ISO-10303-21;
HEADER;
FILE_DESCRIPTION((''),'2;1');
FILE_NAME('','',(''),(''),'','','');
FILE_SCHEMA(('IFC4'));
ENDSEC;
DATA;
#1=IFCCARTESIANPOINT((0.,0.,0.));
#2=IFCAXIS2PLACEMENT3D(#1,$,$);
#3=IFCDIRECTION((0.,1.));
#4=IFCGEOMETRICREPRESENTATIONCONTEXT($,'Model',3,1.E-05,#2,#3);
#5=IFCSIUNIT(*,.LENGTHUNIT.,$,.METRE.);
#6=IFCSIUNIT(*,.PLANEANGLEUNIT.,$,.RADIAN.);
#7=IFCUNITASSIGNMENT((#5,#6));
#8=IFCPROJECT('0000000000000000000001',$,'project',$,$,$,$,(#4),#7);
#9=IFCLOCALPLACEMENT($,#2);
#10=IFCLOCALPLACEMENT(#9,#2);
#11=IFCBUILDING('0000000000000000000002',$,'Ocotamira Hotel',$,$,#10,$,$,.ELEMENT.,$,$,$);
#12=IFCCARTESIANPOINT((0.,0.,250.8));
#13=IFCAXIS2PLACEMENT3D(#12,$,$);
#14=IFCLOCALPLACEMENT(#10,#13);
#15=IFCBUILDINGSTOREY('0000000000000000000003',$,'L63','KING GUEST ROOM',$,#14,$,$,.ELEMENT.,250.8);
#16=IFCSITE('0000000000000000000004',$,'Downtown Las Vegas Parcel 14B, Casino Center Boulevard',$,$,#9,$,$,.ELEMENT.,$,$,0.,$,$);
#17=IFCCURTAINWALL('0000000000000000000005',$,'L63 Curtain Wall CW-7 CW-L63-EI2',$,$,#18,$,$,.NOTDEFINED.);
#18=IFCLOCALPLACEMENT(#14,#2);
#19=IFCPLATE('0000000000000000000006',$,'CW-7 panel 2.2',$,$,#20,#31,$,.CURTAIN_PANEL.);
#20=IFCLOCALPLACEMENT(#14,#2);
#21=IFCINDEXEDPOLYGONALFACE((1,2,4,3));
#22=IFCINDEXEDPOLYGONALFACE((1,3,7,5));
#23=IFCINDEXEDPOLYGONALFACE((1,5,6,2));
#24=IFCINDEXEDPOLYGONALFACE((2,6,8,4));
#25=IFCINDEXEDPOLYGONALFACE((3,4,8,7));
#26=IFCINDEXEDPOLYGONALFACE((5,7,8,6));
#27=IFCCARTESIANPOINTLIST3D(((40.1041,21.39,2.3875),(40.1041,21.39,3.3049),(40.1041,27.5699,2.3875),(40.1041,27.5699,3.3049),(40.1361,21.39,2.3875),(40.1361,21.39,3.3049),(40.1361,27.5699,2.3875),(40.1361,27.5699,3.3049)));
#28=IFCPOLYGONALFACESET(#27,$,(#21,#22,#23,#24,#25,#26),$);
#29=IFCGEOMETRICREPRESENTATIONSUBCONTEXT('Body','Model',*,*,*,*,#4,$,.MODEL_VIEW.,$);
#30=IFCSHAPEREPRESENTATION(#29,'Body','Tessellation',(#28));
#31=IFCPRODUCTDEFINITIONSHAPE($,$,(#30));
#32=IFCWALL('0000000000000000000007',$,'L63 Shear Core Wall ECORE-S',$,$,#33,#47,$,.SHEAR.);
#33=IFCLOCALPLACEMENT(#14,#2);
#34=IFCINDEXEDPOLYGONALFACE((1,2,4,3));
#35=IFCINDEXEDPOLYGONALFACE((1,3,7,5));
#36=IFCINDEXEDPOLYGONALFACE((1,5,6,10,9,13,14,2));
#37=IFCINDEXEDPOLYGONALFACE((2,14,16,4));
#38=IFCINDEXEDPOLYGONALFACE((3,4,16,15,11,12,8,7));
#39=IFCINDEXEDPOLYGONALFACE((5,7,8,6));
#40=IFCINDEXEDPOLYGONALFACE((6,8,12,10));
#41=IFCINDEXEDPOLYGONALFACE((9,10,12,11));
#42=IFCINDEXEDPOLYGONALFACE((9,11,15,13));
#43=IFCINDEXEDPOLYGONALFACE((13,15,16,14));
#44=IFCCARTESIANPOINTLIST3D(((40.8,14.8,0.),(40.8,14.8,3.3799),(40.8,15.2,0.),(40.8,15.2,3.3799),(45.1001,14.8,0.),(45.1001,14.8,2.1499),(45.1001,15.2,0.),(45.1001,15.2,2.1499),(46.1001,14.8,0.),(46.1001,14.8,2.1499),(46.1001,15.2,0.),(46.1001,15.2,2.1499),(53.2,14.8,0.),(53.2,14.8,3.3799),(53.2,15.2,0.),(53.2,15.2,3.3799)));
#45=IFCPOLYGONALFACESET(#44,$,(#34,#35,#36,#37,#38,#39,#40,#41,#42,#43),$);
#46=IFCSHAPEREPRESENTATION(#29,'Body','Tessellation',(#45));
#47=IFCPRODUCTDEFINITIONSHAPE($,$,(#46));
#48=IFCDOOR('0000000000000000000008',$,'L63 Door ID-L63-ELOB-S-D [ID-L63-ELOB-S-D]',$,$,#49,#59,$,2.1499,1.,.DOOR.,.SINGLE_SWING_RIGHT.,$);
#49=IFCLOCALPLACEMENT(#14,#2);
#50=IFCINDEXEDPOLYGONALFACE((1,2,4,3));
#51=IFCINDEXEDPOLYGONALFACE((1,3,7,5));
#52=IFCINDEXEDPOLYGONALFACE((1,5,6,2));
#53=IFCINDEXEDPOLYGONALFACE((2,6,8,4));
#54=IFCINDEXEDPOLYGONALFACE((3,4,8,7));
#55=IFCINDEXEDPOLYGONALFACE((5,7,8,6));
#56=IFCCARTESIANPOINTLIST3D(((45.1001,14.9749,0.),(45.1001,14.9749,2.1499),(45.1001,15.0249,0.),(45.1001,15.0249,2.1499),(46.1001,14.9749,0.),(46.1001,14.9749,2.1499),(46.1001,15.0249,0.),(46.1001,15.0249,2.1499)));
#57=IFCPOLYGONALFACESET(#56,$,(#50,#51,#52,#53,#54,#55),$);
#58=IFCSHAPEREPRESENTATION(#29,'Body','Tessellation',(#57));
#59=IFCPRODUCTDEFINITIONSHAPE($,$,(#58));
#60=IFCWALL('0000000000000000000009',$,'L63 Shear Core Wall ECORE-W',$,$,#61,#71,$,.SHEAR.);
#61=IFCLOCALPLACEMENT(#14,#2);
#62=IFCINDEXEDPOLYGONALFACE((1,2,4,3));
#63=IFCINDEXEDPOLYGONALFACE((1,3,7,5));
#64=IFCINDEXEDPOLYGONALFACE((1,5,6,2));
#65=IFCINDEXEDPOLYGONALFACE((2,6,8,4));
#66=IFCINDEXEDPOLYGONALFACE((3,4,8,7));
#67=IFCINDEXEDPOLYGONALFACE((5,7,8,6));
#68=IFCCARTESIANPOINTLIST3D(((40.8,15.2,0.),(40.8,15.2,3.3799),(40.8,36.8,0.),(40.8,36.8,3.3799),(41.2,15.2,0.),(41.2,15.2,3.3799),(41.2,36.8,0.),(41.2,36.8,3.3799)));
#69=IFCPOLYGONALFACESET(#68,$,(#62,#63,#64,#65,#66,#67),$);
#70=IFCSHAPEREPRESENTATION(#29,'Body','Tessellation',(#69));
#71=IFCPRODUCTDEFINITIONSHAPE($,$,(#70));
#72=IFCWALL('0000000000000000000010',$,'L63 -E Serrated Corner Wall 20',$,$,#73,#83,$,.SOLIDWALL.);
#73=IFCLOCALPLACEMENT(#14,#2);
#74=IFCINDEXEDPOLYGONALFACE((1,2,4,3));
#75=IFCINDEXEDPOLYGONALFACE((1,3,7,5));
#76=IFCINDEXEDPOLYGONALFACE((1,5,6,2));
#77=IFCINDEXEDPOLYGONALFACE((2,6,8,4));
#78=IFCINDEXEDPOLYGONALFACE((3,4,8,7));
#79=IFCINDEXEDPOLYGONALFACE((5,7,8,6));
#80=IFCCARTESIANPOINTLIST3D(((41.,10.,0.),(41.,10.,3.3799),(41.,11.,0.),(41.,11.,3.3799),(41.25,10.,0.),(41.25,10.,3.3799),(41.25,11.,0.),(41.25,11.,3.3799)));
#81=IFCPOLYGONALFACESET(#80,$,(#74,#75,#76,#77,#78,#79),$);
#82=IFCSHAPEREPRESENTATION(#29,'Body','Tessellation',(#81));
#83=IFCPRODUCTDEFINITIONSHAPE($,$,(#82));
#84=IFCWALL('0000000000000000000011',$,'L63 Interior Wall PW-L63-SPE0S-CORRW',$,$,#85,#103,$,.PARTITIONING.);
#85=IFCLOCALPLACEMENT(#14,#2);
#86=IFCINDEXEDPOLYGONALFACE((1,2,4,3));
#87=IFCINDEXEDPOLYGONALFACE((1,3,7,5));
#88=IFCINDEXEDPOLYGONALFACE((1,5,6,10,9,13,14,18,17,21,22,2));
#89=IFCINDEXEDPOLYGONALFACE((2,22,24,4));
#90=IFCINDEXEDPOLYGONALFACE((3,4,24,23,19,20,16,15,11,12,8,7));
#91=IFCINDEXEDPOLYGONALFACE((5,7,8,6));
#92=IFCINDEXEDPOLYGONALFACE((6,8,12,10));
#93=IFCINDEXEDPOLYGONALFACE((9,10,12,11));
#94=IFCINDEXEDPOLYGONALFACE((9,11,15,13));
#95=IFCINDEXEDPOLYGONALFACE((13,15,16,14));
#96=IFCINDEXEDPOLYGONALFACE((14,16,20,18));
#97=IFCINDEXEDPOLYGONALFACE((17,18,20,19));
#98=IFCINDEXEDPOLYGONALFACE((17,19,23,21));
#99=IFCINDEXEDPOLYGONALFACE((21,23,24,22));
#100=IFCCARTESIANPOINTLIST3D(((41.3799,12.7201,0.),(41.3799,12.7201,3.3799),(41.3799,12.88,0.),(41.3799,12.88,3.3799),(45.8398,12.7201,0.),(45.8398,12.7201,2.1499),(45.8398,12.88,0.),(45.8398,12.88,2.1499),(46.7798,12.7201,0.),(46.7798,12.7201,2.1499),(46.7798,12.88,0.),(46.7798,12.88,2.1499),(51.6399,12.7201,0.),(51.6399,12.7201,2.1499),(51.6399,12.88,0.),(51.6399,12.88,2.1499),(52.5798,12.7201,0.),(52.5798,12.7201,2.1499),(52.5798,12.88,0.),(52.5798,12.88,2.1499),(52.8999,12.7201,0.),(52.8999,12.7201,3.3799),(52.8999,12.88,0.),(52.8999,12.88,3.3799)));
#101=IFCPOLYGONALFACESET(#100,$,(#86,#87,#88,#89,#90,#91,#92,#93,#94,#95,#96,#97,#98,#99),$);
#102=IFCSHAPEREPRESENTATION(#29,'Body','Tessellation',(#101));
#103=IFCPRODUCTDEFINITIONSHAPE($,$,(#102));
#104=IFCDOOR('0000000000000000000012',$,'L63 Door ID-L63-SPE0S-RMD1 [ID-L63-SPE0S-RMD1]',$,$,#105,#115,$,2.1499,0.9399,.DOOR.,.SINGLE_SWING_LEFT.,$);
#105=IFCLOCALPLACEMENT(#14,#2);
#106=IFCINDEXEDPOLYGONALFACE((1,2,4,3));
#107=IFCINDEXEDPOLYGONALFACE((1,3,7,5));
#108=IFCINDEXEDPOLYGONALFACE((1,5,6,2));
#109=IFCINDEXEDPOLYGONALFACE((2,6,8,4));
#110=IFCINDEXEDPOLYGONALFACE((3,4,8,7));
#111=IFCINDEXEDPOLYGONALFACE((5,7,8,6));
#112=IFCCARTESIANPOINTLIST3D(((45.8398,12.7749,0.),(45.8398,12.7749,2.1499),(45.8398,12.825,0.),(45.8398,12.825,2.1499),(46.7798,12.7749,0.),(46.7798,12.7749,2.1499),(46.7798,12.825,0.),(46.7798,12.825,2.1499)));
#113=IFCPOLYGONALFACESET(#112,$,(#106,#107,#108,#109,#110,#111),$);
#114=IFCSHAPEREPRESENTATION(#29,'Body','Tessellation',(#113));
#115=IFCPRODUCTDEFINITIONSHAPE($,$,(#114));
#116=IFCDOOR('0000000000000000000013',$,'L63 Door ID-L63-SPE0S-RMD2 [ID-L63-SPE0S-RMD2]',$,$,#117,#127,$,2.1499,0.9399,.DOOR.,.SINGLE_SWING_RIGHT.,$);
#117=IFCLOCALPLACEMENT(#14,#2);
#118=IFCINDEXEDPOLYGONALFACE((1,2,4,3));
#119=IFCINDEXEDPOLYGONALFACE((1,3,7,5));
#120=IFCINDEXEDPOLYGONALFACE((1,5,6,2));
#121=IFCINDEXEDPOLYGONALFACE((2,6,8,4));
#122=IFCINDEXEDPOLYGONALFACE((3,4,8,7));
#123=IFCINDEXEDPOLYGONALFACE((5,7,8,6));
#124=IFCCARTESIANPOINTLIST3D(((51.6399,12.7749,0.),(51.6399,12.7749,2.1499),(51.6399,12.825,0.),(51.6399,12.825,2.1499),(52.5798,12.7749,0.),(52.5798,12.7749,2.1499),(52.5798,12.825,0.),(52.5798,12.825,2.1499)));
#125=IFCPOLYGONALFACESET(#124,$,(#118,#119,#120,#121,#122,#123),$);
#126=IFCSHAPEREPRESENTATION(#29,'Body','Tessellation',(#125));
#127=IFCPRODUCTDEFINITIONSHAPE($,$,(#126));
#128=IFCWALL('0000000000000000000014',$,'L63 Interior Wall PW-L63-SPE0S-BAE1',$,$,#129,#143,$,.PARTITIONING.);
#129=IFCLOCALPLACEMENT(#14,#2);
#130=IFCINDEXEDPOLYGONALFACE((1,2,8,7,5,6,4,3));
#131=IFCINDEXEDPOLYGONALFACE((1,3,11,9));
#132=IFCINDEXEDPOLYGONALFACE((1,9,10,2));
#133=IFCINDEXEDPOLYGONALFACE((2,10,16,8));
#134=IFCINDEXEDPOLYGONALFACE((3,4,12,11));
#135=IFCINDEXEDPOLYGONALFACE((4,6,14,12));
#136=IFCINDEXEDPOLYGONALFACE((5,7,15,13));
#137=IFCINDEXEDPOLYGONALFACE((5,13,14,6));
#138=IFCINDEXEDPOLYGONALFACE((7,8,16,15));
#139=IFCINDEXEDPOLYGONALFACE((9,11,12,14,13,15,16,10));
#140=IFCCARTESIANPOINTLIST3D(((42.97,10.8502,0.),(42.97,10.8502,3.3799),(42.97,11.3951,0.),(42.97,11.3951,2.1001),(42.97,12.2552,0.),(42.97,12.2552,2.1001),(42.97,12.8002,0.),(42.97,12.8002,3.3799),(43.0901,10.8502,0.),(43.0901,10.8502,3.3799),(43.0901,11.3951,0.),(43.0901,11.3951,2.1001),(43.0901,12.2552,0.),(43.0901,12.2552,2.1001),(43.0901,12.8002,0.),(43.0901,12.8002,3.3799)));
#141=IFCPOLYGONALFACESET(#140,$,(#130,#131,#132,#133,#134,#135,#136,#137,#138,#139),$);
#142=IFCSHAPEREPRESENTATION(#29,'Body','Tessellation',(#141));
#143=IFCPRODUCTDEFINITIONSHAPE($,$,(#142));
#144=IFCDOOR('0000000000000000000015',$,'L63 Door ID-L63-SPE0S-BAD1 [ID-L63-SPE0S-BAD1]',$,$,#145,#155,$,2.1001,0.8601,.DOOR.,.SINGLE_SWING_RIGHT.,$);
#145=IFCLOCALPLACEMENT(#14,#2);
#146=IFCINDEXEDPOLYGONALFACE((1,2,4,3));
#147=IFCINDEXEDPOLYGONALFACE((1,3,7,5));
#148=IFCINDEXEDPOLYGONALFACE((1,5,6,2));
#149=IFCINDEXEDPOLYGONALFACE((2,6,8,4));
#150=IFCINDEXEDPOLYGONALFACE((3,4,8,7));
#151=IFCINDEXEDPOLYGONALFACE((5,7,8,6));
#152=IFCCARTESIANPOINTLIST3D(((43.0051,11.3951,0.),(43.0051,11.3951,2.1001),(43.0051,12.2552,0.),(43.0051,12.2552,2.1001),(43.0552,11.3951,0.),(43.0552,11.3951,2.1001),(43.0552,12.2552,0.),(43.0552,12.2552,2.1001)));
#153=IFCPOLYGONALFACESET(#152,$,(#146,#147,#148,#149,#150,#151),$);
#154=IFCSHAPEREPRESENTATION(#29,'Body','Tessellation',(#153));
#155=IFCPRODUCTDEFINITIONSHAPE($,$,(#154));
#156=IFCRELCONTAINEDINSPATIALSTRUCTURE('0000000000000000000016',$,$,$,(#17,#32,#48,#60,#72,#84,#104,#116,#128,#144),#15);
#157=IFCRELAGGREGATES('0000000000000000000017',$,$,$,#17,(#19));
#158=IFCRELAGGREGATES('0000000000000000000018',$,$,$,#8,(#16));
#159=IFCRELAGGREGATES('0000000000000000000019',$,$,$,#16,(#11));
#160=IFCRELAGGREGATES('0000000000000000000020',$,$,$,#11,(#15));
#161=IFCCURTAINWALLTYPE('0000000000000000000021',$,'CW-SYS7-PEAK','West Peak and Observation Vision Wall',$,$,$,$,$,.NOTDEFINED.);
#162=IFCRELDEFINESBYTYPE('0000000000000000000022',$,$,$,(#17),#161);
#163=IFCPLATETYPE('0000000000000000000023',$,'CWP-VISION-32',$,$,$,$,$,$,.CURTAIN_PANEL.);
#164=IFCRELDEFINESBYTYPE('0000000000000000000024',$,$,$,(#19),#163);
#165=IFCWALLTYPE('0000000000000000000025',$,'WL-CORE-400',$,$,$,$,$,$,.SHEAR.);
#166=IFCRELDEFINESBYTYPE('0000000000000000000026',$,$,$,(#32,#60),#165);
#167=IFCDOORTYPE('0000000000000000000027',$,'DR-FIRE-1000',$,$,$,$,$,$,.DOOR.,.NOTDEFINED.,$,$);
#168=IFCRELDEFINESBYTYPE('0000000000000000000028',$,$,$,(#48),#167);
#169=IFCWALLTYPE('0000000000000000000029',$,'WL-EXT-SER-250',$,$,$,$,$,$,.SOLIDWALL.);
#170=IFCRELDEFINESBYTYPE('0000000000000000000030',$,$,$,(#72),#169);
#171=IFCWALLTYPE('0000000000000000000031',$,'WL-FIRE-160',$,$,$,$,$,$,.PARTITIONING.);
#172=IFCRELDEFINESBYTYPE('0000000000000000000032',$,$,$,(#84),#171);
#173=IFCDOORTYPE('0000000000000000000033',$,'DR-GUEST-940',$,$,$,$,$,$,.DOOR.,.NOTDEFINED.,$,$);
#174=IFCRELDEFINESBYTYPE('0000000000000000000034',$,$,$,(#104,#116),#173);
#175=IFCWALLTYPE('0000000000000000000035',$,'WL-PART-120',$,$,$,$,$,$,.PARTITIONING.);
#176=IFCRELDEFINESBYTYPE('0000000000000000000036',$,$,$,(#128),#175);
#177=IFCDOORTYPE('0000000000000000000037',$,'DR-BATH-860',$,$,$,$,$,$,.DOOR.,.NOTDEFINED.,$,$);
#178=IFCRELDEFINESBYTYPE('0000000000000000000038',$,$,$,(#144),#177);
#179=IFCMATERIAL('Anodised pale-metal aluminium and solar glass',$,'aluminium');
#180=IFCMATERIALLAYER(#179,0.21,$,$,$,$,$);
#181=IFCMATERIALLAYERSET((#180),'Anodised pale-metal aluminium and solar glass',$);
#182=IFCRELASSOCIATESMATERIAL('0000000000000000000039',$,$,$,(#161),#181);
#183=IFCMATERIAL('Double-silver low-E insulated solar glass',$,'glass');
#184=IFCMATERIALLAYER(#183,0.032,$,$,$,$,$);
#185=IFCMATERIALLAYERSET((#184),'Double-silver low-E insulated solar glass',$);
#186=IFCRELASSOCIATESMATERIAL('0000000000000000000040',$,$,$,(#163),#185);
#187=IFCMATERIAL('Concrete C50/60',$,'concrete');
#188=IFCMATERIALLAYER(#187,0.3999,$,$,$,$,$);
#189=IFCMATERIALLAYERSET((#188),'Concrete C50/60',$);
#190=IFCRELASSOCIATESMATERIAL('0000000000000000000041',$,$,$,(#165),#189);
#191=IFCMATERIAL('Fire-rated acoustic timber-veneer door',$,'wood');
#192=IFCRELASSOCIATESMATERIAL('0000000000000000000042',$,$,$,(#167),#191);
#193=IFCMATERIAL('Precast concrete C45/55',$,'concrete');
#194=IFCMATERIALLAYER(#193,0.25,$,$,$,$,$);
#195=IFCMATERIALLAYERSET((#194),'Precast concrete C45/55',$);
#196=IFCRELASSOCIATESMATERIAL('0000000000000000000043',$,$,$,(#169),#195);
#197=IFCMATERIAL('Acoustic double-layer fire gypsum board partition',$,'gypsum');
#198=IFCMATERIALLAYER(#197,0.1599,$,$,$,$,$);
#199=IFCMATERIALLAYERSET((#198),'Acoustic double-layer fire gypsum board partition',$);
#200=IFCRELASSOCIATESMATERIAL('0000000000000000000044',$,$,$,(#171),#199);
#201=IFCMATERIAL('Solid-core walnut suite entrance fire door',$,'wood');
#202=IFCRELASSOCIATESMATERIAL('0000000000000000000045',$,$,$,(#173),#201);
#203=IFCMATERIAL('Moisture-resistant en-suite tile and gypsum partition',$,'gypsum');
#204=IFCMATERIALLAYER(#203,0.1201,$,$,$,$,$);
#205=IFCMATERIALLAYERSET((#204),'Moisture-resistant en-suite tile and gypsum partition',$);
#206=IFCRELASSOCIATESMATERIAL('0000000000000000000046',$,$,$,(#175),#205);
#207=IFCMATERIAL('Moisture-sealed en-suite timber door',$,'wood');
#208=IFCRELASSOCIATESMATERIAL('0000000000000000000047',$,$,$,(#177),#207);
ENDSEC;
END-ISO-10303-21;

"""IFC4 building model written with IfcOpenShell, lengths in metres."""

from ifc_helpers import new_model, si_unit, direction, frame, frame_2d, origin, origin_2d, place, context, subcontext, project, spatial, rectangle, extrude, source, transform, mapped, material, layer, layer_set, type_object, element, fill, aggregate, save


model = new_model("IFC4")

# Units and contexts
model_context = context("Model", 3, precision=1e-05, world=origin(), true_north=direction((0.0, 1.0)))
body_context = subcontext(model_context, "Body", "Model", "MODEL_VIEW")
ifc_project = project(units=[si_unit("LENGTHUNIT", "METRE"), si_unit("PLANEANGLEUNIT", "RADIAN")], contexts=[model_context])

# Site, building, storey
site_placement = place(None, origin())
site = spatial("IfcSite", under=ifc_project, at=site_placement, Name="Downtown Las Vegas Parcel 14B, Casino Center Boulevard", CompositionType="ELEMENT", RefElevation=0.0)
building_placement = place(site_placement, origin())
building = spatial("IfcBuilding", under=site, at=building_placement, Name="Ocotamira Hotel", CompositionType="ELEMENT")
storey_placement = place(building_placement, frame((0.0, 0.0, 250.8)))
storey = spatial("IfcBuildingStorey", under=building, at=storey_placement, Name="L63", Description="KING GUEST ROOM", CompositionType="ELEMENT", Elevation=250.8)

# Curtain wall, plate
ifc_material_1 = material(Name="Anodised pale-metal aluminium and solar glass", Category="aluminium")
ifc_layer_1 = layer(ifc_material_1, 0.21)
ifc_layer_set_1 = layer_set([ifc_layer_1], Name="Anodised pale-metal aluminium and solar glass")
curtain_wall_type = type_object("IfcCurtainWallType", Name="CW-SYS7-PEAK", Description="West Peak and Observation Vision Wall", PredefinedType="NOTDEFINED", material=ifc_layer_set_1)
curtain_wall_placement = place(storey_placement, origin())
curtain_wall = element("IfcCurtainWall", 1, at=curtain_wall_placement, inside=storey, type_object=curtain_wall_type, Name="L63 Curtain Wall CW-7 CW-L63-EI2", PredefinedType="NOTDEFINED")
ifc_material_2 = material(Name="Double-silver low-E insulated solar glass", Category="glass")
ifc_layer_2 = layer(ifc_material_2, 0.032)
ifc_layer_set_2 = layer_set([ifc_layer_2], Name="Double-silver low-E insulated solar glass")
plate_type = type_object("IfcPlateType", Name="CWP-VISION-32", PredefinedType="CURTAIN_PANEL", material=ifc_layer_set_2)
shared_shape_1 = source(origin(), body_context, "Body", "SweptSolid", [
    extrude(rectangle(XDim=6.1799, YDim=0.032, at=origin_2d()), origin(), (0.0, 0.0, 1.0), 0.9175),
])
plate_1_placement = place(storey_placement, frame((40.1201, 24.48, 2.3875), z_axis=(0.0, 0.0, 1.0), x_axis=(0.0, 1.0, 0.0)))
plate_1 = element("IfcPlate", 2, at=plate_1_placement, type_object=plate_type, Name="CW-7 panel 2.2", PredefinedType="CURTAIN_PANEL", context=body_context, shape_type="MappedRepresentation", body=[
    mapped(shared_shape_1, transform((0.0, 0.0, 0.0), scale=1.0)),
])
aggregate(curtain_wall, [plate_1])

# Wall, opening, door
ifc_material_3 = material(Name="Concrete C50/60", Category="concrete")
ifc_layer_3 = layer(ifc_material_3, 0.3999)
ifc_layer_set_3 = layer_set([ifc_layer_3], Name="Concrete C50/60")
wall_type_1 = type_object("IfcWallType", Name="WL-CORE-400", PredefinedType="SHEAR", material=ifc_layer_set_3)
wall_1_placement = place(storey_placement, frame((40.8, 15.0, 0.0), z_axis=(0.0, 0.0, 1.0), x_axis=(1.0, 0.0, 0.0)))
wall_1 = element("IfcWall", 3, at=wall_1_placement, inside=storey, type_object=wall_type_1, Name="L63 Shear Core Wall ECORE-S", PredefinedType="SHEAR", context=body_context, shape_type="SweptSolid", body=[
    extrude(rectangle(XDim=12.3999, YDim=0.3999, at=frame_2d((6.2, 0.0))), origin(), (0.0, 0.0, 1.0), 3.3799),
])
opening_1_placement = place(wall_1_placement, frame((4.3, 0.0, 0.0)))
opening_1 = element("IfcOpeningElement", 4, at=opening_1_placement, cuts=wall_1, PredefinedType="OPENING", context=body_context, shape_type="SweptSolid", body=[
    extrude(rectangle(XDim=1.0, YDim=2.1499, at=frame_2d((0.5, 1.075))), frame((0.0, 0.21, 0.0), z_axis=(0.0, -1.0, 0.0), x_axis=(1.0, 0.0, 0.0)), (0.0, 0.0, 1.0), 0.4199),
])
ifc_material_4 = material(Name="Fire-rated acoustic timber-veneer door", Category="wood")
door_type_1 = type_object("IfcDoorType", Name="DR-FIRE-1000", OperationType="NOTDEFINED", PredefinedType="DOOR", material=ifc_material_4)
shared_shape_2 = source(origin(), body_context, "Body", "SweptSolid", [
    extrude(rectangle(XDim=1.0, YDim=2.1499, at=frame_2d((0.5, 1.075))), frame((0.0, 0.0249, 0.0), z_axis=(0.0, -1.0, 0.0), x_axis=(1.0, 0.0, 0.0)), (0.0, 0.0, 1.0), 0.05),
])
door_1_placement = place(opening_1_placement, origin())
door_1 = element("IfcDoor", 5, at=door_1_placement, inside=storey, type_object=door_type_1, Name="L63 Door ID-L63-ELOB-S-D [ID-L63-ELOB-S-D]", OperationType="SINGLE_SWING_RIGHT", OverallHeight=2.1499, OverallWidth=1.0, PredefinedType="DOOR", context=body_context, shape_type="MappedRepresentation", body=[
    mapped(shared_shape_2, transform((0.0, 0.0, 0.0), scale=1.0)),
])
fill(opening_1, door_1)

# Walls
wall_2_placement = place(storey_placement, frame((41.0, 15.2, 0.0), z_axis=(0.0, 0.0, 1.0), x_axis=(0.0, 1.0, 0.0)))
element("IfcWall", 6, at=wall_2_placement, inside=storey, type_object=wall_type_1, Name="L63 Shear Core Wall ECORE-W", PredefinedType="SHEAR", context=body_context, shape_type="SweptSolid", body=[
    extrude(rectangle(XDim=21.6001, YDim=0.3999, at=frame_2d((10.8, 0.0))), origin(), (0.0, 0.0, 1.0), 3.3799),
])
ifc_material_5 = material(Name="Precast concrete C45/55", Category="concrete")
ifc_layer_4 = layer(ifc_material_5, 0.25)
ifc_layer_set_4 = layer_set([ifc_layer_4], Name="Precast concrete C45/55")
wall_type_2 = type_object("IfcWallType", Name="WL-EXT-SER-250", PredefinedType="SOLIDWALL", material=ifc_layer_set_4)
wall_3_placement = place(storey_placement, frame((41.125, 11.0, 0.0), z_axis=(0.0, 0.0, 1.0), x_axis=(0.0, -1.0, 0.0)))
element("IfcWall", 7, at=wall_3_placement, inside=storey, type_object=wall_type_2, Name="L63 -E Serrated Corner Wall 20", PredefinedType="SOLIDWALL", context=body_context, shape_type="SweptSolid", body=[
    extrude(rectangle(XDim=1.0, YDim=0.25, at=frame_2d((0.5, 0.0))), origin(), (0.0, 0.0, 1.0), 3.3799),
])

# Wall, openings, doors
ifc_material_6 = material(Name="Acoustic double-layer fire gypsum board partition", Category="gypsum")
ifc_layer_5 = layer(ifc_material_6, 0.1599)
ifc_layer_set_5 = layer_set([ifc_layer_5], Name="Acoustic double-layer fire gypsum board partition")
wall_type_3 = type_object("IfcWallType", Name="WL-FIRE-160", PredefinedType="PARTITIONING", material=ifc_layer_set_5)
wall_4_placement = place(storey_placement, frame((41.3799, 12.8, 0.0), z_axis=(0.0, 0.0, 1.0), x_axis=(1.0, 0.0, 0.0)))
wall_4 = element("IfcWall", 8, at=wall_4_placement, inside=storey, type_object=wall_type_3, Name="L63 Interior Wall PW-L63-SPE0S-CORRW", PredefinedType="PARTITIONING", context=body_context, shape_type="SweptSolid", body=[
    extrude(rectangle(XDim=11.52, YDim=0.1599, at=frame_2d((5.76, 0.0))), origin(), (0.0, 0.0, 1.0), 3.3799),
])
opening_2_placement = place(wall_4_placement, frame((4.46, 0.0, 0.0)))
opening_2 = element("IfcOpeningElement", 9, at=opening_2_placement, cuts=wall_4, PredefinedType="OPENING", context=body_context, shape_type="SweptSolid", body=[
    extrude(rectangle(XDim=0.9399, YDim=2.1499, at=frame_2d((0.47, 1.075))), frame((0.0, 0.0898, 0.0), z_axis=(0.0, -1.0, 0.0), x_axis=(1.0, 0.0, 0.0)), (0.0, 0.0, 1.0), 0.1799),
])
opening_3_placement = place(wall_4_placement, frame((10.26, 0.0, 0.0)))
opening_3 = element("IfcOpeningElement", 10, at=opening_3_placement, cuts=wall_4, PredefinedType="OPENING", context=body_context, shape_type="SweptSolid", body=[
    extrude(rectangle(XDim=0.9399, YDim=2.1499, at=frame_2d((0.47, 1.075))), frame((0.0, 0.0898, 0.0), z_axis=(0.0, -1.0, 0.0), x_axis=(1.0, 0.0, 0.0)), (0.0, 0.0, 1.0), 0.1799),
])
ifc_material_7 = material(Name="Solid-core walnut suite entrance fire door", Category="wood")
door_type_2 = type_object("IfcDoorType", Name="DR-GUEST-940", OperationType="NOTDEFINED", PredefinedType="DOOR", material=ifc_material_7)
shared_shape_3 = source(origin(), body_context, "Body", "SweptSolid", [
    extrude(rectangle(XDim=0.9399, YDim=2.1499, at=frame_2d((0.47, 1.075))), frame((0.0, 0.0249, 0.0), z_axis=(0.0, -1.0, 0.0), x_axis=(1.0, 0.0, 0.0)), (0.0, 0.0, 1.0), 0.05),
])
door_2_placement = place(opening_2_placement, origin())
door_2 = element("IfcDoor", 11, at=door_2_placement, inside=storey, type_object=door_type_2, Name="L63 Door ID-L63-SPE0S-RMD1 [ID-L63-SPE0S-RMD1]", OperationType="SINGLE_SWING_LEFT", OverallHeight=2.1499, OverallWidth=0.9399, PredefinedType="DOOR", context=body_context, shape_type="MappedRepresentation", body=[
    mapped(shared_shape_3, transform((0.0, 0.0, 0.0), scale=1.0)),
])
fill(opening_2, door_2)
door_3_placement = place(opening_3_placement, origin())
door_3 = element("IfcDoor", 12, at=door_3_placement, inside=storey, type_object=door_type_2, Name="L63 Door ID-L63-SPE0S-RMD2 [ID-L63-SPE0S-RMD2]", OperationType="SINGLE_SWING_RIGHT", OverallHeight=2.1499, OverallWidth=0.9399, PredefinedType="DOOR", context=body_context, shape_type="MappedRepresentation", body=[
    mapped(shared_shape_3, transform((0.0, 0.0, 0.0), scale=1.0)),
])
fill(opening_3, door_3)

# Wall, opening, door
ifc_material_8 = material(Name="Moisture-resistant en-suite tile and gypsum partition", Category="gypsum")
ifc_layer_6 = layer(ifc_material_8, 0.1201)
ifc_layer_set_6 = layer_set([ifc_layer_6], Name="Moisture-resistant en-suite tile and gypsum partition")
wall_type_4 = type_object("IfcWallType", Name="WL-PART-120", PredefinedType="PARTITIONING", material=ifc_layer_set_6)
wall_5_placement = place(storey_placement, frame((43.03, 10.8501, 0.0), z_axis=(0.0, 0.0, 1.0), x_axis=(0.0, 1.0, 0.0)))
wall_5 = element("IfcWall", 13, at=wall_5_placement, inside=storey, type_object=wall_type_4, Name="L63 Interior Wall PW-L63-SPE0S-BAE1", PredefinedType="PARTITIONING", context=body_context, shape_type="SweptSolid", body=[
    extrude(rectangle(XDim=1.95, YDim=0.1201, at=frame_2d((0.9751, 0.0))), origin(), (0.0, 0.0, 1.0), 3.3799),
])
opening_4_placement = place(wall_5_placement, frame((0.5449, 0.0, 0.0)))
opening_4 = element("IfcOpeningElement", 14, at=opening_4_placement, cuts=wall_5, PredefinedType="OPENING", context=body_context, shape_type="SweptSolid", body=[
    extrude(rectangle(XDim=0.8601, YDim=2.1001, at=frame_2d((0.4302, 1.05))), frame((0.0, 0.0701, 0.0), z_axis=(0.0, -1.0, 0.0), x_axis=(1.0, 0.0, 0.0)), (0.0, 0.0, 1.0), 0.1401),
])
ifc_material_9 = material(Name="Moisture-sealed en-suite timber door", Category="wood")
door_type_3 = type_object("IfcDoorType", Name="DR-BATH-860", OperationType="NOTDEFINED", PredefinedType="DOOR", material=ifc_material_9)
shared_shape_4 = source(origin(), body_context, "Body", "SweptSolid", [
    extrude(rectangle(XDim=0.8601, YDim=2.1001, at=frame_2d((0.4302, 1.05))), frame((0.0, 0.0249, 0.0), z_axis=(0.0, -1.0, 0.0), x_axis=(1.0, 0.0, 0.0)), (0.0, 0.0, 1.0), 0.05),
])
door_4_placement = place(opening_4_placement, origin())
door_4 = element("IfcDoor", 15, at=door_4_placement, inside=storey, type_object=door_type_3, Name="L63 Door ID-L63-SPE0S-BAD1 [ID-L63-SPE0S-BAD1]", OperationType="SINGLE_SWING_RIGHT", OverallHeight=2.1001, OverallWidth=0.8601, PredefinedType="DOOR", context=body_context, shape_type="MappedRepresentation", body=[
    mapped(shared_shape_4, transform((0.0, 0.0, 0.0), scale=1.0)),
])
fill(opening_4, door_4)

save(model, "model.ifc")
